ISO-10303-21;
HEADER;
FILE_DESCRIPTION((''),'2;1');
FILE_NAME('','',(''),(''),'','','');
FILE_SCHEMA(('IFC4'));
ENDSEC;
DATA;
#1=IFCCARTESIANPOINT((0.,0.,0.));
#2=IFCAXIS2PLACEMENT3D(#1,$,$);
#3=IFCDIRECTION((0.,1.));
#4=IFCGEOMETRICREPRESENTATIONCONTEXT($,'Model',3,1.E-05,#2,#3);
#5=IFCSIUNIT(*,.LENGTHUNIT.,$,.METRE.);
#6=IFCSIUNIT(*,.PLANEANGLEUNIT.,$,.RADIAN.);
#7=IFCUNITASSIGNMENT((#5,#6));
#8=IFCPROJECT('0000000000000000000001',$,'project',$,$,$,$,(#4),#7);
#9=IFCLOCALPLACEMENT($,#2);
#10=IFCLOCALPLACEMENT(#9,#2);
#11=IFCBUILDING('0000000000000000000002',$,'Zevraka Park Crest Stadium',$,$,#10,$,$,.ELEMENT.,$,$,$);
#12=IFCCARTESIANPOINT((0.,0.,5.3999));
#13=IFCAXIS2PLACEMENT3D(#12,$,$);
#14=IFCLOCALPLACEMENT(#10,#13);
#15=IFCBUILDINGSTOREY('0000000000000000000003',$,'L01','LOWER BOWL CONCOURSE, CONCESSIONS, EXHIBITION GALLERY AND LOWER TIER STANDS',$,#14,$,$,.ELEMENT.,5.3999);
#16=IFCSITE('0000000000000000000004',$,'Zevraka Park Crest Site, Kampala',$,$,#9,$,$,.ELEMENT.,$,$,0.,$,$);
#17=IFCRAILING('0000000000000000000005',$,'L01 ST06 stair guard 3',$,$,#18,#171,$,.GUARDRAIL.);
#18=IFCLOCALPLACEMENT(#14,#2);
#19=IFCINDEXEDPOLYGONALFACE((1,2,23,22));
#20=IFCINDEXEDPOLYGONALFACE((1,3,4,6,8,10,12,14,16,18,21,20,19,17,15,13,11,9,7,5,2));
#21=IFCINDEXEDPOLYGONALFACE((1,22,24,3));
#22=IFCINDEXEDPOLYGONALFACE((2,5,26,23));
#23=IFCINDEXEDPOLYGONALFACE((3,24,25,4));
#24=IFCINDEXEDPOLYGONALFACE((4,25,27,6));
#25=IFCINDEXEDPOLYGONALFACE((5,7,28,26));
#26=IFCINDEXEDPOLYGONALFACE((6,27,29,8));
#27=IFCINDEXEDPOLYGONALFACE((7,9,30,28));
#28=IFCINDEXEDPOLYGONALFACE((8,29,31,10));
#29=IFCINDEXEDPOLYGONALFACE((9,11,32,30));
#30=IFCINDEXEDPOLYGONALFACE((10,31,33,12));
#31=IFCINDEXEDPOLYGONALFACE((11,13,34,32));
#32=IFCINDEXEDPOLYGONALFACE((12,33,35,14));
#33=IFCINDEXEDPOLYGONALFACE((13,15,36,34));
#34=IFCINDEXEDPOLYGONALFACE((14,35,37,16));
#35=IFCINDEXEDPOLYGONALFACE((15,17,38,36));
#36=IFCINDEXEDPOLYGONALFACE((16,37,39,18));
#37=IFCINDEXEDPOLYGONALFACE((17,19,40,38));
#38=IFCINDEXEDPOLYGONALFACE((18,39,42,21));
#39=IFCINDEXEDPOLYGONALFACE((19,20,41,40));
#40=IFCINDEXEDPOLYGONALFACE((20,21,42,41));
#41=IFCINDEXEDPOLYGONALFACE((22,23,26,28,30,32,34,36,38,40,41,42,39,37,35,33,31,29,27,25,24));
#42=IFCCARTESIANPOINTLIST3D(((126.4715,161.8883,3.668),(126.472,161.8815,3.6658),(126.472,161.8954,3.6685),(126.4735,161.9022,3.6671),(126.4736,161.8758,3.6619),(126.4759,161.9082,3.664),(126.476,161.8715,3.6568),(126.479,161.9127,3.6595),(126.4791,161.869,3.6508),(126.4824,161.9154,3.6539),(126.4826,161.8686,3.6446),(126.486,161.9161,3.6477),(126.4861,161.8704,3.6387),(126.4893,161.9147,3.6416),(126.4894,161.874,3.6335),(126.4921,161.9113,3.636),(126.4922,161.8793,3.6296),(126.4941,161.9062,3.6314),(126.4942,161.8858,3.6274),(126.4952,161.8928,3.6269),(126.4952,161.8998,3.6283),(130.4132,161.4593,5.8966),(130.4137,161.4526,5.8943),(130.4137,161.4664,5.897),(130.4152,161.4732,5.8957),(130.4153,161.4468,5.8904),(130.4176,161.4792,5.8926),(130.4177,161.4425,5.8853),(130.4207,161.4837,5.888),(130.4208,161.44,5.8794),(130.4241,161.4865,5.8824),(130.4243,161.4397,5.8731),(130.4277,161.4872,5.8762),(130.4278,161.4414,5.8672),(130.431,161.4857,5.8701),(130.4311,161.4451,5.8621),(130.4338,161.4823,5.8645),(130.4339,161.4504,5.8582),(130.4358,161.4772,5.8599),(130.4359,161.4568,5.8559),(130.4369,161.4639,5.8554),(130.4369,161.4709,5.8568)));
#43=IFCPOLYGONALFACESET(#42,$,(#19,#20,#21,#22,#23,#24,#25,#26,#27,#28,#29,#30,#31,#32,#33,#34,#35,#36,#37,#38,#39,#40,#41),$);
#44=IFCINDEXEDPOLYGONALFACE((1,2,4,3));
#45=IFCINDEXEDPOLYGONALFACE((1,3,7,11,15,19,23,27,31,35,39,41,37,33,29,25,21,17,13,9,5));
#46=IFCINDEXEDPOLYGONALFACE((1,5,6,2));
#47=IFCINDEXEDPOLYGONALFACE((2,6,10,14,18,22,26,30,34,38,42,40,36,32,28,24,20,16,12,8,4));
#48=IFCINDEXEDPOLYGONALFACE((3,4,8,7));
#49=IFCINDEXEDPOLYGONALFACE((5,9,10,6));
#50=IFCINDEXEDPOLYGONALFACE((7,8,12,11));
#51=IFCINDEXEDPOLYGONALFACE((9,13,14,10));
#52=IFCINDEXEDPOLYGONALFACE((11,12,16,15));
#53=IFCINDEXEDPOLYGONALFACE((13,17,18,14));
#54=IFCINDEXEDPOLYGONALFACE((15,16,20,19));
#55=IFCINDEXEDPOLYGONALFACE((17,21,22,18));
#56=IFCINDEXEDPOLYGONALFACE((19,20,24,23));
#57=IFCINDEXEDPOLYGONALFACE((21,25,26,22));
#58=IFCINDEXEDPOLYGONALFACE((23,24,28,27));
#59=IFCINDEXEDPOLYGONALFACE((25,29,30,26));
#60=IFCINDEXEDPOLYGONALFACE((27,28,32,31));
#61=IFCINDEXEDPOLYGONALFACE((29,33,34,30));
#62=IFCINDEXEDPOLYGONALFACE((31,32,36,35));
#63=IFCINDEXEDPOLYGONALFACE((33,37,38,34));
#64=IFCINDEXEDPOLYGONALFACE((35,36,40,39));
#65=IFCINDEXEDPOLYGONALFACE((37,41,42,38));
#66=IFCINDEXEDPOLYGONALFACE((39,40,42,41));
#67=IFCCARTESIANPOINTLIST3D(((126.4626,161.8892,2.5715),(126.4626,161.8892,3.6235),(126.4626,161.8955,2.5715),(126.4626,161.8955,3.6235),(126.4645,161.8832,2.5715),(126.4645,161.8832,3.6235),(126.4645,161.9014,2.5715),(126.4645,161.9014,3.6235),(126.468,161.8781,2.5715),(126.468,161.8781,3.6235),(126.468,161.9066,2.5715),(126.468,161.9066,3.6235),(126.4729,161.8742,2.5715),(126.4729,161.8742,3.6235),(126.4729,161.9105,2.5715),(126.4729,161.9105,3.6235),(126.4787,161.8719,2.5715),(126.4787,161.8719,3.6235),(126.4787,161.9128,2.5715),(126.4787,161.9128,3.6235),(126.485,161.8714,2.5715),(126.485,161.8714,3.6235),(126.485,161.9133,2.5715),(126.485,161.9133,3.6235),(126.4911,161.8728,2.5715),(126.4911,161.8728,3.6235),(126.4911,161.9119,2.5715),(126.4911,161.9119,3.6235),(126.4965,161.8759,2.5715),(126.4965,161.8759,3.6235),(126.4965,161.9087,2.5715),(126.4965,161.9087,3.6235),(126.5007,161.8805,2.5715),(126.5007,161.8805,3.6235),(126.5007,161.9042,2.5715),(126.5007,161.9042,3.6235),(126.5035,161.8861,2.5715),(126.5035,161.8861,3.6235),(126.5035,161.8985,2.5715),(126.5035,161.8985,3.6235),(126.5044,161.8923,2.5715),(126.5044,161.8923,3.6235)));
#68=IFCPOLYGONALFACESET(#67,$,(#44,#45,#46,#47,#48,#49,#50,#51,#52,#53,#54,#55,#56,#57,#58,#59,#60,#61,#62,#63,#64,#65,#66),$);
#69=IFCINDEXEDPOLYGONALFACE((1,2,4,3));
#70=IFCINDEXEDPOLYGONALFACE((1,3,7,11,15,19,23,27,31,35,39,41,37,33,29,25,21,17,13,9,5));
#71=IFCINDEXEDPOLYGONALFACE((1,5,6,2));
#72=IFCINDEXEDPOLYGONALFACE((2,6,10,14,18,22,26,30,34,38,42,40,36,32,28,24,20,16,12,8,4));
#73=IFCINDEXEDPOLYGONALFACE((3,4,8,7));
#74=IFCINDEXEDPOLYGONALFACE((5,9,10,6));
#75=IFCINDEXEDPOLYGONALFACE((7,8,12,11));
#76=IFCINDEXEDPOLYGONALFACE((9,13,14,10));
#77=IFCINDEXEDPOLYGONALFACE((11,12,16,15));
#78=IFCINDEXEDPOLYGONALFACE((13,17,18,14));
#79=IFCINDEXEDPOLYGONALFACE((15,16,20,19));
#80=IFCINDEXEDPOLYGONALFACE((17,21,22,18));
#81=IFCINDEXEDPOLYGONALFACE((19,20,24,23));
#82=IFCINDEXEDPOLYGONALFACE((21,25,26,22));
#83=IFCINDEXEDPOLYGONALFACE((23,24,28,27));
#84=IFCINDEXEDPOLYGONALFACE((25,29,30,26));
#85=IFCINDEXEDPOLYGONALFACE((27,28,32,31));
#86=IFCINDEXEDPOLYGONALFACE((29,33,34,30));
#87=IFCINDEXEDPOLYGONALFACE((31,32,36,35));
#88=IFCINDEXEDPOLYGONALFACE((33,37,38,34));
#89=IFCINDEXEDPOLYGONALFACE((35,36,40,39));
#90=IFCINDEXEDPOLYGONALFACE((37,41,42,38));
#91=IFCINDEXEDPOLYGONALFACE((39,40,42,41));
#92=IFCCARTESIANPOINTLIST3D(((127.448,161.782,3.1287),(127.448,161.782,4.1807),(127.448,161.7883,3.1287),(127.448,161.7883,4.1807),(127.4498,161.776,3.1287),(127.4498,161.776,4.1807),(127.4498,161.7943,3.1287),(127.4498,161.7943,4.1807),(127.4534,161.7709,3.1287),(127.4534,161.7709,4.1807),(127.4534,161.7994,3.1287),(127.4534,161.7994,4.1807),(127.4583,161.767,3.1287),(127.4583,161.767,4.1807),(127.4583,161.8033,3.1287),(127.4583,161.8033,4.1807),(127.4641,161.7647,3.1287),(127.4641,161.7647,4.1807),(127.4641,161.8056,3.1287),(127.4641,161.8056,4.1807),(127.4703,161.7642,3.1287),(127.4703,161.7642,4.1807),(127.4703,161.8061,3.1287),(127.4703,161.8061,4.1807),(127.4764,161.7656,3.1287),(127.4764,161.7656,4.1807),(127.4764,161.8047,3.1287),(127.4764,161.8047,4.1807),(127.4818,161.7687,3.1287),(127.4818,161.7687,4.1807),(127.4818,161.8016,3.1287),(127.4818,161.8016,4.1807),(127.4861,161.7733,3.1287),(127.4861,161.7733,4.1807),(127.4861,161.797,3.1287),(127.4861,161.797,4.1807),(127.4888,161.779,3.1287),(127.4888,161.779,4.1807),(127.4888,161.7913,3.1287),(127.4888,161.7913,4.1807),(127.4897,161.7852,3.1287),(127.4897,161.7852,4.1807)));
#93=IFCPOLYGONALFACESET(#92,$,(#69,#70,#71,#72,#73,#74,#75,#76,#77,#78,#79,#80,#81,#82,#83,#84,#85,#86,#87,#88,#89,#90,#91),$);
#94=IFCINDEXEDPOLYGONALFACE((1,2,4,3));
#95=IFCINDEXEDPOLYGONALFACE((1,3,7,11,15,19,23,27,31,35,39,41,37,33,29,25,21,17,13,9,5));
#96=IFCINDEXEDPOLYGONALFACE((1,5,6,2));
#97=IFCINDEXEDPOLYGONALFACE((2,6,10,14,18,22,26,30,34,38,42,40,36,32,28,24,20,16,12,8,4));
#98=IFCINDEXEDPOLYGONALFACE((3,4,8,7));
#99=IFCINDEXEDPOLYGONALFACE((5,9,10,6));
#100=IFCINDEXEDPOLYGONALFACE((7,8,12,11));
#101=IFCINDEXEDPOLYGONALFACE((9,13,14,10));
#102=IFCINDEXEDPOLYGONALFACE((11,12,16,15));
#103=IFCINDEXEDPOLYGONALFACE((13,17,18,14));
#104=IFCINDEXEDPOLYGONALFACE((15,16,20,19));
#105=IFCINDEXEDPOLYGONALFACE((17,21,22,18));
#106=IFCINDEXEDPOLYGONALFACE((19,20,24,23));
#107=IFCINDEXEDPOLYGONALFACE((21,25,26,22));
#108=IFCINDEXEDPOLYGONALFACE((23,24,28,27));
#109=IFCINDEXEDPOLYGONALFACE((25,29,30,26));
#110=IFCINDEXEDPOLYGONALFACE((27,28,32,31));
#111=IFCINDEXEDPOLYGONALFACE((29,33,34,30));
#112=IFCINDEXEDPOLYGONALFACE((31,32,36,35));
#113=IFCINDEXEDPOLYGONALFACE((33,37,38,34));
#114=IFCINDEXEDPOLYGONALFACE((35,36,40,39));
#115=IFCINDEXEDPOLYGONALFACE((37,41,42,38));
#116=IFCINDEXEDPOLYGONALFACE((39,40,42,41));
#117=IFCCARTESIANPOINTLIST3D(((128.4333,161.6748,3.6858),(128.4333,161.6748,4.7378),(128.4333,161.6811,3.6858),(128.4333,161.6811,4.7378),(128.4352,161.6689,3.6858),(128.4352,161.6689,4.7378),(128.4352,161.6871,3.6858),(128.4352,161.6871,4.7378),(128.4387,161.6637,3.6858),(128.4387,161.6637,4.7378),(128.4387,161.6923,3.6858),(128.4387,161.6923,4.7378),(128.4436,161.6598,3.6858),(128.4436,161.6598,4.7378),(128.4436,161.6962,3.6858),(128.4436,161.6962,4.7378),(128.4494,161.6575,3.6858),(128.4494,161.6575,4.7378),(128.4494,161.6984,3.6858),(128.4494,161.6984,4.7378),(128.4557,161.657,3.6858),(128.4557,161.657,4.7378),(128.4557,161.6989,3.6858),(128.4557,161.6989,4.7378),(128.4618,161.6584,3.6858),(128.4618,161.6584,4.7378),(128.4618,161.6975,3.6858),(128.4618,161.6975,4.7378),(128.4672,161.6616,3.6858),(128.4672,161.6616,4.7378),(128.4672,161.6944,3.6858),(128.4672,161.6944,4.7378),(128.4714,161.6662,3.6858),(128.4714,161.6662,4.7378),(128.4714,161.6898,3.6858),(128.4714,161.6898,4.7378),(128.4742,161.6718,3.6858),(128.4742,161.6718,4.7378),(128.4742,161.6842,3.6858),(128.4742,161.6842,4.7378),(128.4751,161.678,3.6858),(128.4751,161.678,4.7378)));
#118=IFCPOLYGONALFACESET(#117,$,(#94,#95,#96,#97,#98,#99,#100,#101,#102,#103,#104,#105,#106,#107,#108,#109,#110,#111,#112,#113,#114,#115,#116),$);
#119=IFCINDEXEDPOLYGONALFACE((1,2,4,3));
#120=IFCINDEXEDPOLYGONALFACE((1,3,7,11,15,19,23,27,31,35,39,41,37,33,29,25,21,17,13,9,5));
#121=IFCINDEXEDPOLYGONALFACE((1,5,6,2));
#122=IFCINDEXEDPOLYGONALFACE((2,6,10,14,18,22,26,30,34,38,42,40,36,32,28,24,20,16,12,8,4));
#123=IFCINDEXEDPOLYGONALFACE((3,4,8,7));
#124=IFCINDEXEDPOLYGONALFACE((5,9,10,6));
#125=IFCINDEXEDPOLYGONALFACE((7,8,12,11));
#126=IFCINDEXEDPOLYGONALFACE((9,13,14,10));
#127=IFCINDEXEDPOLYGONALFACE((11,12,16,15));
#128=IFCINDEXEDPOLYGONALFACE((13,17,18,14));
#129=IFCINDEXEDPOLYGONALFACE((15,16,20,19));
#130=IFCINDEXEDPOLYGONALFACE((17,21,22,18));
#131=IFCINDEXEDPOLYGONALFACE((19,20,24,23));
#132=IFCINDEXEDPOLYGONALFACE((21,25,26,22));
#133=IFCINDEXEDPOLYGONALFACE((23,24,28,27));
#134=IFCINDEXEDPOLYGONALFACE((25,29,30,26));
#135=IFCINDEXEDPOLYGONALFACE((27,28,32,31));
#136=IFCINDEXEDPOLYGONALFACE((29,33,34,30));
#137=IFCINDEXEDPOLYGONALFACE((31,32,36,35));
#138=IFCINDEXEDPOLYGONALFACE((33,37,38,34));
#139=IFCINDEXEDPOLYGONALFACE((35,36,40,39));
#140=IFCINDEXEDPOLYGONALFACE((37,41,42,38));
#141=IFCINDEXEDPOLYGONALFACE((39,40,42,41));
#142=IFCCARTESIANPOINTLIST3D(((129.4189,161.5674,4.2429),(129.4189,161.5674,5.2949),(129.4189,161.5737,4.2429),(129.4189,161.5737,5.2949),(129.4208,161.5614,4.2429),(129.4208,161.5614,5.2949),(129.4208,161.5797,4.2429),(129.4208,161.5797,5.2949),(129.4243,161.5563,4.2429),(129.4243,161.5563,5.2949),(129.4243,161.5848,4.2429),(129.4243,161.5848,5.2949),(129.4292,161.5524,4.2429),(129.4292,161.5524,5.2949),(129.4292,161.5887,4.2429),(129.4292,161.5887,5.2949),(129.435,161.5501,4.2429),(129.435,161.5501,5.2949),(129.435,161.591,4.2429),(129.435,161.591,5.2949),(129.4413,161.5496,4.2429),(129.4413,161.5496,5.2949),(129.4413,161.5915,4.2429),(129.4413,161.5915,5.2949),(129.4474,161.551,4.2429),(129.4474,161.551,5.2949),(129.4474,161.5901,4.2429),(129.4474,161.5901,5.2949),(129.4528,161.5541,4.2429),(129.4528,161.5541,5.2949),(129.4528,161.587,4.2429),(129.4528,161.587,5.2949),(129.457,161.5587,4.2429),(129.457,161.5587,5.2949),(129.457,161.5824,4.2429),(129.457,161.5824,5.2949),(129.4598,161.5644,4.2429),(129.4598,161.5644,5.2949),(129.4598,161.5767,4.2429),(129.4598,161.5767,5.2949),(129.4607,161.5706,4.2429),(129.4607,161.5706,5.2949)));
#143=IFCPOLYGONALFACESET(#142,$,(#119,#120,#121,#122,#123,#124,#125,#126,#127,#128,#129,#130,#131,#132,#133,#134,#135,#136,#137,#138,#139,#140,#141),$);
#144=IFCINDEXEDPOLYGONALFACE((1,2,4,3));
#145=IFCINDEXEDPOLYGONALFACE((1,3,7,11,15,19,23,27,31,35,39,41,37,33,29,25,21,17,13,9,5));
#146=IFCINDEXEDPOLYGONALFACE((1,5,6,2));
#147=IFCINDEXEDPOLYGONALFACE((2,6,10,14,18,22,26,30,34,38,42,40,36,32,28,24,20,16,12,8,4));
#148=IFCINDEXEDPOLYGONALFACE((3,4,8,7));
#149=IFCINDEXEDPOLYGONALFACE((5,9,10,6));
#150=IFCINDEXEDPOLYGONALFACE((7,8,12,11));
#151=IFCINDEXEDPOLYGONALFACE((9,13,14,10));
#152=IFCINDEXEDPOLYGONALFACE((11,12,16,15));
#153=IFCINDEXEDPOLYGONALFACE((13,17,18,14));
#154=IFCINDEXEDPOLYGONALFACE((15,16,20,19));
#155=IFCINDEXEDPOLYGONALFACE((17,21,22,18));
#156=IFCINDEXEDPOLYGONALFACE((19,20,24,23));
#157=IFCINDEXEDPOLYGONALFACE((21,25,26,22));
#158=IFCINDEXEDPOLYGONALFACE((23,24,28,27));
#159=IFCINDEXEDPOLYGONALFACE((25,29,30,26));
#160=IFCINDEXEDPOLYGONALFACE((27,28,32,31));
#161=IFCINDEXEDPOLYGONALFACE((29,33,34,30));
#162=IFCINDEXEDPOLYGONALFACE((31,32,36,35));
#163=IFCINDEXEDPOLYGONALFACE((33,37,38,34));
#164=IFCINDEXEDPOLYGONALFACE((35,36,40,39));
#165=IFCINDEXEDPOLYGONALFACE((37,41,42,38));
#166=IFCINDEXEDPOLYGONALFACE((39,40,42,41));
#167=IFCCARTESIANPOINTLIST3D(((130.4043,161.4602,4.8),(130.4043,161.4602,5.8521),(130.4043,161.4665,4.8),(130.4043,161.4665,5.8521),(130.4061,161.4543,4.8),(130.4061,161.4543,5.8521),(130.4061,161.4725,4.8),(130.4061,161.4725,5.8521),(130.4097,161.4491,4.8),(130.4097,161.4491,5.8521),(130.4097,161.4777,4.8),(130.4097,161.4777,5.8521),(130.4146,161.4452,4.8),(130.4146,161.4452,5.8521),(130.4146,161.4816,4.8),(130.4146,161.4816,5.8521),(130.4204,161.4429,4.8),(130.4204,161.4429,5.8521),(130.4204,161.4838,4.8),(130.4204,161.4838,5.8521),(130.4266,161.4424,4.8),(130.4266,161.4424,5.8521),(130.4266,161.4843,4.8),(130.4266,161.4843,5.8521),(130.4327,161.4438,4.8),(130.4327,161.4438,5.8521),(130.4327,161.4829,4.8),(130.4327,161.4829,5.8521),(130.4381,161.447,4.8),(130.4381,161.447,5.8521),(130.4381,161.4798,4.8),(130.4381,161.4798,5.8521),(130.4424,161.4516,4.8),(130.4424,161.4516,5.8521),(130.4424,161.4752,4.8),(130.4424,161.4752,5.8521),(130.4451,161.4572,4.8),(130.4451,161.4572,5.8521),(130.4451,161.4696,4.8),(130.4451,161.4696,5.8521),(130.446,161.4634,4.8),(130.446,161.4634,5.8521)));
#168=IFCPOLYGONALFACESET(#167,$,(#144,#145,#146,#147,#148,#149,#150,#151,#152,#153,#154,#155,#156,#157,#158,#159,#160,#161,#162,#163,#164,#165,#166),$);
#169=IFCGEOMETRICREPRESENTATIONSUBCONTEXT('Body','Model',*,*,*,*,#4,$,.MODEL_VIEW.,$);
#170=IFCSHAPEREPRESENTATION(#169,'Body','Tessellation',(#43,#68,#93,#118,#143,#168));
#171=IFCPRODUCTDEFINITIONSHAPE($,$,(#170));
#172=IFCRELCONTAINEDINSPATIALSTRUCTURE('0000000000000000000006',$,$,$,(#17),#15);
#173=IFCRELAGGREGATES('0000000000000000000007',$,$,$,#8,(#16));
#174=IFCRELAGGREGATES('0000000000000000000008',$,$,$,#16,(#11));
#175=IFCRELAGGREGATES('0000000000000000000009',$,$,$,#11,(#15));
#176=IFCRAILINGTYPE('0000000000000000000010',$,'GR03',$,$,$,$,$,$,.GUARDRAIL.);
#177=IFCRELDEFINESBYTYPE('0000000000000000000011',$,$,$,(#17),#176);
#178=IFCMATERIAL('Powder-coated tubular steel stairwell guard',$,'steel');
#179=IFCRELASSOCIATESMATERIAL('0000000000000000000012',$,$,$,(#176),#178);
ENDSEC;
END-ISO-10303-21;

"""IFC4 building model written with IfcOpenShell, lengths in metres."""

from ifc_helpers import new_model, si_unit, direction, frame, origin, origin_2d, place, context, subcontext, project, spatial, circle, extrude, material, type_object, element, save


model = new_model("IFC4")

# Units and contexts
model_context = context("Model", 3, precision=1e-05, world=origin(), true_north=direction((0.0, 1.0)))
body_context = subcontext(model_context, "Body", "Model", "MODEL_VIEW")
ifc_project = project(units=[si_unit("LENGTHUNIT", "METRE"), si_unit("PLANEANGLEUNIT", "RADIAN")], contexts=[model_context])

# Site, building, storey
site_placement = place(None, origin())
site = spatial("IfcSite", under=ifc_project, at=site_placement, Name="Zevraka Park Crest Site, Kampala", CompositionType="ELEMENT", RefElevation=0.0)
building_placement = place(site_placement, origin())
building = spatial("IfcBuilding", under=site, at=building_placement, Name="Zevraka Park Crest Stadium", CompositionType="ELEMENT")
storey_placement = place(building_placement, frame((0.0, 0.0, 5.3999)))
storey = spatial("IfcBuildingStorey", under=building, at=storey_placement, Name="L01", Description="LOWER BOWL CONCOURSE, CONCESSIONS, EXHIBITION GALLERY AND LOWER TIER STANDS", CompositionType="ELEMENT", Elevation=5.3999)

# Railing
ifc_material_1 = material(Name="Powder-coated tubular steel stairwell guard", Category="steel")
railing_type_1 = type_object("IfcRailingType", Name="GR03", PredefinedType="GUARDRAIL", material=ifc_material_1)
railing_1_placement = place(storey_placement, frame((126.4834, 161.8923, 2.5715)))
element("IfcRailing", 1, at=railing_1_placement, inside=storey, type_object=railing_type_1, Name="L01 ST06 stair guard 3", PredefinedType="GUARDRAIL", context=body_context, shape_type="SweptSolid", body=[
    extrude(circle(Radius=0.0239, at=origin_2d()), frame((0.0, 0.0, 1.0762), z_axis=(0.866624, -0.094311, 0.489968), x_axis=(0.108188, 0.994131, 0.0)), (0.0, 0.0, 1.0), 4.5483),
    extrude(circle(Radius=0.021, at=origin_2d()), origin(), (0.0, 0.0, 1.0), 1.052),
    extrude(circle(Radius=0.021, at=origin_2d()), frame((0.9854, -0.1072, 0.5571)), (0.0, 0.0, 1.0), 1.052),
    extrude(circle(Radius=0.021, at=origin_2d()), frame((1.9707, -0.2144, 1.1143)), (0.0, 0.0, 1.0), 1.052),
    extrude(circle(Radius=0.021, at=origin_2d()), frame((2.9563, -0.3218, 1.6714)), (0.0, 0.0, 1.0), 1.052),
    extrude(circle(Radius=0.021, at=origin_2d()), frame((3.9417, -0.429, 2.2285)), (0.0, 0.0, 1.0), 1.052),
])

save(model, "model.ifc")
